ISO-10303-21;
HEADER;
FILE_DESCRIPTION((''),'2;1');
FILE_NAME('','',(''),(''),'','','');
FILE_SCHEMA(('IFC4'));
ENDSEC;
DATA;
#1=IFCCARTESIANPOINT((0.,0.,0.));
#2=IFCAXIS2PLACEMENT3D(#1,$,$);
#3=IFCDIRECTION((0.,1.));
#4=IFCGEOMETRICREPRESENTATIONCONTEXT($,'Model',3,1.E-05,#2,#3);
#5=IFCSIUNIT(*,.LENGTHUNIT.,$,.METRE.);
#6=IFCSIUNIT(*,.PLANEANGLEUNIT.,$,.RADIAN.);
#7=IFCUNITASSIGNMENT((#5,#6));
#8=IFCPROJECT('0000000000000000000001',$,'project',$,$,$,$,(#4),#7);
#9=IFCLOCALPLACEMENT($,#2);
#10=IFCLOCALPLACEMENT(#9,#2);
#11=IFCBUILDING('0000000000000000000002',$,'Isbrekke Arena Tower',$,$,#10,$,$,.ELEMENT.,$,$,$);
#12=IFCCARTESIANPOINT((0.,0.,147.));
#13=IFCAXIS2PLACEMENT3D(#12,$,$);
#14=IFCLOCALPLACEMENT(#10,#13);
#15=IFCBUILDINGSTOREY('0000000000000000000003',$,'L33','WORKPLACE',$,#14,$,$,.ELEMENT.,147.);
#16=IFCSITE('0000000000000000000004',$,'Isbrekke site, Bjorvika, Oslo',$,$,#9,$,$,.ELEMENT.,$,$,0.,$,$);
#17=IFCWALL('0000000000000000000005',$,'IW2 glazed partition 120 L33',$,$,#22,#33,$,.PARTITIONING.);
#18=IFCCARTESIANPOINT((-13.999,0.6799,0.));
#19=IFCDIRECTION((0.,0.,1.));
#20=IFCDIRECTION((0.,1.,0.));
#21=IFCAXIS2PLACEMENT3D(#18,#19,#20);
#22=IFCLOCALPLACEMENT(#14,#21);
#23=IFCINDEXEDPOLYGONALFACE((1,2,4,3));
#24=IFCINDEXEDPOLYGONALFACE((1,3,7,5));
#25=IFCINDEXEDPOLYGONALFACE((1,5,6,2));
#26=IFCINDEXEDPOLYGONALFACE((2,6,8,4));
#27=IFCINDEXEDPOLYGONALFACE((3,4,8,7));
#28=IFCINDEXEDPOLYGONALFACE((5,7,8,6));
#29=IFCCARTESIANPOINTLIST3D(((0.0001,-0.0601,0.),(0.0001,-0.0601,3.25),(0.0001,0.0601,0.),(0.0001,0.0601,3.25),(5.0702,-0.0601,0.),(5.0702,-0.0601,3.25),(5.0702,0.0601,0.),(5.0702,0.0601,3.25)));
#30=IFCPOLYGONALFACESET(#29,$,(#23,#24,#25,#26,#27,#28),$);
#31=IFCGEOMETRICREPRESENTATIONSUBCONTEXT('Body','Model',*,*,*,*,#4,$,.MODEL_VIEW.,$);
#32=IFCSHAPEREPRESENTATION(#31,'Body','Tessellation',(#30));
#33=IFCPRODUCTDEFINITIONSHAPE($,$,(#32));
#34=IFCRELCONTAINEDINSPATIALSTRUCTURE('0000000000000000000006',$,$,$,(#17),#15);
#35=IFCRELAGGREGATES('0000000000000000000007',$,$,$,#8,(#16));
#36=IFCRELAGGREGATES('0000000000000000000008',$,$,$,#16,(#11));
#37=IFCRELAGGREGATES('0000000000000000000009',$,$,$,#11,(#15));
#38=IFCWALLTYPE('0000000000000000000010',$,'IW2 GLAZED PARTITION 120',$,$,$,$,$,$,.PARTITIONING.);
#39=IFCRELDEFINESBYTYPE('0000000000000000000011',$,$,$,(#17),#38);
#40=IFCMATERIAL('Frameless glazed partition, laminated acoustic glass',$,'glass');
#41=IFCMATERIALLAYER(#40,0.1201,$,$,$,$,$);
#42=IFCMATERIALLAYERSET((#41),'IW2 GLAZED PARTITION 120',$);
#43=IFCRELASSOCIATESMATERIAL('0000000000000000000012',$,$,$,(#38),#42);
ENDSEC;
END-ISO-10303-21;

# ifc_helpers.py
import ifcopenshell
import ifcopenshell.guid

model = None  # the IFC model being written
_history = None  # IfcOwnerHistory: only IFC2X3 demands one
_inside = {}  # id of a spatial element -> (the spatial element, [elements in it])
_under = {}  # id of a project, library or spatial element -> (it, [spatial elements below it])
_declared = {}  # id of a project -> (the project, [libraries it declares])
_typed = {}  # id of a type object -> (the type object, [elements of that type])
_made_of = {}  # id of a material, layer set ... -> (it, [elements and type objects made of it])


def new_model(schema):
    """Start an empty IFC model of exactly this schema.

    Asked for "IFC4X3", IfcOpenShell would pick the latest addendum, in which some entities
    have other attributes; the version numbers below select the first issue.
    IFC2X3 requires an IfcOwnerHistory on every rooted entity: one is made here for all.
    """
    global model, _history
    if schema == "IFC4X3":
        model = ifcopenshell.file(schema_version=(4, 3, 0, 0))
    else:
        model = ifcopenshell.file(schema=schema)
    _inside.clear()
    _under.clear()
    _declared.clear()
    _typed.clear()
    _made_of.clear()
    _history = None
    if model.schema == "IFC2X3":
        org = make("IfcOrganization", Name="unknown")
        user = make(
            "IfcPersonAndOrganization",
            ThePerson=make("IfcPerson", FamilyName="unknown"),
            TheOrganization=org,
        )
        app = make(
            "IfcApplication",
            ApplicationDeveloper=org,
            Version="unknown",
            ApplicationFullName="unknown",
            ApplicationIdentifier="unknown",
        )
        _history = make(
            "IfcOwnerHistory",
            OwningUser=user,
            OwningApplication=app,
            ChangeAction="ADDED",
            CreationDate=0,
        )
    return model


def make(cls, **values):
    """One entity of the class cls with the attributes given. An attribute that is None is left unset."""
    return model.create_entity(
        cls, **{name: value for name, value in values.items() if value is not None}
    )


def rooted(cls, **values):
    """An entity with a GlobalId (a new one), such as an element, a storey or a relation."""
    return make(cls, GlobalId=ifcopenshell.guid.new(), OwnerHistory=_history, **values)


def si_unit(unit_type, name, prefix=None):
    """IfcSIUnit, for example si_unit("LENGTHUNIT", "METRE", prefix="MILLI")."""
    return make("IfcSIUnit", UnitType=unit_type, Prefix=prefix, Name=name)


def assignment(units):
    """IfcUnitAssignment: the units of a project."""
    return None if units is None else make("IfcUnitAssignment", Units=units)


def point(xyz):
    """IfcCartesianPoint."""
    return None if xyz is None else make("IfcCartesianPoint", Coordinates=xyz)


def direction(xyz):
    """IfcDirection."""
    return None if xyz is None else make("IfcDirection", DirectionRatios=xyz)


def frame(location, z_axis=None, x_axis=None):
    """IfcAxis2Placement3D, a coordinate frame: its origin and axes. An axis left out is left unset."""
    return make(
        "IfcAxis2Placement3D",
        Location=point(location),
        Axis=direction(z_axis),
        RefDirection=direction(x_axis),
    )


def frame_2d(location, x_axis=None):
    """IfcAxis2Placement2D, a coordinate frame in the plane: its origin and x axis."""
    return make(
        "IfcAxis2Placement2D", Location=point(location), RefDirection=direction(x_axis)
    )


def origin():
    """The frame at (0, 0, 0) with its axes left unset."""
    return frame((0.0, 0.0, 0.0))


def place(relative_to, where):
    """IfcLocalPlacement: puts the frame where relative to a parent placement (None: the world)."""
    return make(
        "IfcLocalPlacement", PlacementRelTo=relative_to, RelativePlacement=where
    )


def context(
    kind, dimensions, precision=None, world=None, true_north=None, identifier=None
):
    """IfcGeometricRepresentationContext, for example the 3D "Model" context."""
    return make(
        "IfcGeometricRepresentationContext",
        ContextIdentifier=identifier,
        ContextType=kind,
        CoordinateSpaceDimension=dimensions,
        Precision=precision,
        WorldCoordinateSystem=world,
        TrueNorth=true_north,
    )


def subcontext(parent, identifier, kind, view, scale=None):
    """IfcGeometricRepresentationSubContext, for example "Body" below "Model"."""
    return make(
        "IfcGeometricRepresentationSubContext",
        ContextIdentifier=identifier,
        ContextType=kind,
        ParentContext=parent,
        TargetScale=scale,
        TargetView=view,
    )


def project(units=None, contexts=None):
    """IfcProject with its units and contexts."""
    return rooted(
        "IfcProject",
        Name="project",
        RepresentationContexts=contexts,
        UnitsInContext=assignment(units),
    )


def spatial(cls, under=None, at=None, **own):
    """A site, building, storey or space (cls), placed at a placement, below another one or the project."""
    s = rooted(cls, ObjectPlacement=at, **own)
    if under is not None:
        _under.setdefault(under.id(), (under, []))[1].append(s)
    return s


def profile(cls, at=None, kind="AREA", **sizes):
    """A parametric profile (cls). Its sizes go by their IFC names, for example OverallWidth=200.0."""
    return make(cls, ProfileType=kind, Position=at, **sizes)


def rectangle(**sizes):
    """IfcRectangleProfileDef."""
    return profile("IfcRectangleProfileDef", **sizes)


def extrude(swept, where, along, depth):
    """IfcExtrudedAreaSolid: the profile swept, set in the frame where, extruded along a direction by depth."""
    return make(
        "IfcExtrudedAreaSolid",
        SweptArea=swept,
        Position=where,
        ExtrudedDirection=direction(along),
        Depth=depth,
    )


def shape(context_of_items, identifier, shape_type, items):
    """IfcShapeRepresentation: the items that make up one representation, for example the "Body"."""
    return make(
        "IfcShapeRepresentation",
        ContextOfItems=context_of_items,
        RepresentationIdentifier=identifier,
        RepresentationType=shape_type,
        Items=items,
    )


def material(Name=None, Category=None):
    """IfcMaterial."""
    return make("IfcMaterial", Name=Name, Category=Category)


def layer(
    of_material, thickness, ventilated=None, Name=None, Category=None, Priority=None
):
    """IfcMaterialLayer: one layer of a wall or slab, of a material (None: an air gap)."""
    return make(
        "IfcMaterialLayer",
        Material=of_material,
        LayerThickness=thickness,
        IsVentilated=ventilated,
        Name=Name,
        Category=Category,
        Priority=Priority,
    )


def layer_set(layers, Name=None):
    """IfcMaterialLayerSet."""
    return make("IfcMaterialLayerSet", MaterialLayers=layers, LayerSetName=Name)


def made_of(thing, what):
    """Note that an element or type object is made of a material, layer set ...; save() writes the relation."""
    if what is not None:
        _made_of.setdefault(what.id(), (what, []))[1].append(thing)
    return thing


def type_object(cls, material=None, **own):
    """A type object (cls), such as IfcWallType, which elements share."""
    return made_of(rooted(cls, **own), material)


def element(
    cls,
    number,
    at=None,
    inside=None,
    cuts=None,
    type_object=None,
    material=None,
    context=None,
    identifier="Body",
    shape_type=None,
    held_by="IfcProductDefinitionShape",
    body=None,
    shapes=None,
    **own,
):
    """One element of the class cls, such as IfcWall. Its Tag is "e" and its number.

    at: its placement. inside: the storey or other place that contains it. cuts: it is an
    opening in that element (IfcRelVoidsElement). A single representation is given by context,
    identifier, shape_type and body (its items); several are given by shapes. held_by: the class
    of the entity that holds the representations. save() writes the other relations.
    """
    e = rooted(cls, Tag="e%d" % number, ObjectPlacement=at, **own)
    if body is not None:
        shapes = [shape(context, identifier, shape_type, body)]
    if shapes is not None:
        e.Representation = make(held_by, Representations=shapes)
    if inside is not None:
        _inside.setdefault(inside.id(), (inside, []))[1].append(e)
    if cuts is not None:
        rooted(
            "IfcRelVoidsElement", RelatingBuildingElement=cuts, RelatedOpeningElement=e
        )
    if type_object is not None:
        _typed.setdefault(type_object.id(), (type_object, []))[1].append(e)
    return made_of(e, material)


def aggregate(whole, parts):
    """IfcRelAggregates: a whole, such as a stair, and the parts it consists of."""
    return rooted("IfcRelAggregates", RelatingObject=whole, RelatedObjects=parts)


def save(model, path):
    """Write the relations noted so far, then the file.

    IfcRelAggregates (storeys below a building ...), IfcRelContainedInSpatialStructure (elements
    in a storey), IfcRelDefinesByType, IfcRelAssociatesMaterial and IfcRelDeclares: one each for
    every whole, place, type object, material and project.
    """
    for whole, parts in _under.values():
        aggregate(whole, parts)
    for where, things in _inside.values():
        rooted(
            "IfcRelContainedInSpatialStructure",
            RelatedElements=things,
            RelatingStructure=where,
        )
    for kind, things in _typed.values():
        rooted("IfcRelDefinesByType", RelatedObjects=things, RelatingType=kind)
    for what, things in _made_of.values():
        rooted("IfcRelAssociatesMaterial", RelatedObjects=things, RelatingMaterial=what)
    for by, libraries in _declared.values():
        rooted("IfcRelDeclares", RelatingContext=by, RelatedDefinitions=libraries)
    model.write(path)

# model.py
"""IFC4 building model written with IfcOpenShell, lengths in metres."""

from ifc_helpers import new_model, si_unit, direction, frame, frame_2d, origin, place, context, subcontext, project, spatial, rectangle, extrude, material, layer, layer_set, type_object, element, save


model = new_model("IFC4")

# Units and contexts
model_context = context("Model", 3, precision=1e-05, world=origin(), true_north=direction((0.0, 1.0)))
body_context = subcontext(model_context, "Body", "Model", "MODEL_VIEW")
ifc_project = project(units=[si_unit("LENGTHUNIT", "METRE"), si_unit("PLANEANGLEUNIT", "RADIAN")], contexts=[model_context])

# Site, building, storey
site_placement = place(None, origin())
site = spatial("IfcSite", under=ifc_project, at=site_placement, Name="Isbrekke site, Bjorvika, Oslo", CompositionType="ELEMENT", RefElevation=0.0)
building_placement = place(site_placement, origin())
building = spatial("IfcBuilding", under=site, at=building_placement, Name="Isbrekke Arena Tower", CompositionType="ELEMENT")
storey_placement = place(building_placement, frame((0.0, 0.0, 147.0)))
storey = spatial("IfcBuildingStorey", under=building, at=storey_placement, Name="L33", Description="WORKPLACE", CompositionType="ELEMENT", Elevation=147.0)

# Shared definitions
ifc_material_1 = material(Name="Frameless glazed partition, laminated acoustic glass", Category="glass")
ifc_layer_1 = layer(ifc_material_1, 0.1201)
ifc_layer_set_1 = layer_set([ifc_layer_1], Name="IW2 GLAZED PARTITION 120")
wall_type = type_object("IfcWallType", Name="IW2 GLAZED PARTITION 120", PredefinedType="PARTITIONING", material=ifc_layer_set_1)

# Wall
wall_1_placement = place(storey_placement, frame((-13.999, 0.6799, 0.0), z_axis=(0.0, 0.0, 1.0), x_axis=(0.0, 1.0, 0.0)))
element("IfcWall", 1, at=wall_1_placement, inside=storey, type_object=wall_type, Name="IW2 glazed partition 120 L33", PredefinedType="PARTITIONING", context=body_context, shape_type="SweptSolid", body=[
    extrude(rectangle(XDim=5.0701, YDim=0.1201, at=frame_2d((2.5352, 0.0))), origin(), (0.0, 0.0, 1.0), 3.25),
])

save(model, "model.ifc")
